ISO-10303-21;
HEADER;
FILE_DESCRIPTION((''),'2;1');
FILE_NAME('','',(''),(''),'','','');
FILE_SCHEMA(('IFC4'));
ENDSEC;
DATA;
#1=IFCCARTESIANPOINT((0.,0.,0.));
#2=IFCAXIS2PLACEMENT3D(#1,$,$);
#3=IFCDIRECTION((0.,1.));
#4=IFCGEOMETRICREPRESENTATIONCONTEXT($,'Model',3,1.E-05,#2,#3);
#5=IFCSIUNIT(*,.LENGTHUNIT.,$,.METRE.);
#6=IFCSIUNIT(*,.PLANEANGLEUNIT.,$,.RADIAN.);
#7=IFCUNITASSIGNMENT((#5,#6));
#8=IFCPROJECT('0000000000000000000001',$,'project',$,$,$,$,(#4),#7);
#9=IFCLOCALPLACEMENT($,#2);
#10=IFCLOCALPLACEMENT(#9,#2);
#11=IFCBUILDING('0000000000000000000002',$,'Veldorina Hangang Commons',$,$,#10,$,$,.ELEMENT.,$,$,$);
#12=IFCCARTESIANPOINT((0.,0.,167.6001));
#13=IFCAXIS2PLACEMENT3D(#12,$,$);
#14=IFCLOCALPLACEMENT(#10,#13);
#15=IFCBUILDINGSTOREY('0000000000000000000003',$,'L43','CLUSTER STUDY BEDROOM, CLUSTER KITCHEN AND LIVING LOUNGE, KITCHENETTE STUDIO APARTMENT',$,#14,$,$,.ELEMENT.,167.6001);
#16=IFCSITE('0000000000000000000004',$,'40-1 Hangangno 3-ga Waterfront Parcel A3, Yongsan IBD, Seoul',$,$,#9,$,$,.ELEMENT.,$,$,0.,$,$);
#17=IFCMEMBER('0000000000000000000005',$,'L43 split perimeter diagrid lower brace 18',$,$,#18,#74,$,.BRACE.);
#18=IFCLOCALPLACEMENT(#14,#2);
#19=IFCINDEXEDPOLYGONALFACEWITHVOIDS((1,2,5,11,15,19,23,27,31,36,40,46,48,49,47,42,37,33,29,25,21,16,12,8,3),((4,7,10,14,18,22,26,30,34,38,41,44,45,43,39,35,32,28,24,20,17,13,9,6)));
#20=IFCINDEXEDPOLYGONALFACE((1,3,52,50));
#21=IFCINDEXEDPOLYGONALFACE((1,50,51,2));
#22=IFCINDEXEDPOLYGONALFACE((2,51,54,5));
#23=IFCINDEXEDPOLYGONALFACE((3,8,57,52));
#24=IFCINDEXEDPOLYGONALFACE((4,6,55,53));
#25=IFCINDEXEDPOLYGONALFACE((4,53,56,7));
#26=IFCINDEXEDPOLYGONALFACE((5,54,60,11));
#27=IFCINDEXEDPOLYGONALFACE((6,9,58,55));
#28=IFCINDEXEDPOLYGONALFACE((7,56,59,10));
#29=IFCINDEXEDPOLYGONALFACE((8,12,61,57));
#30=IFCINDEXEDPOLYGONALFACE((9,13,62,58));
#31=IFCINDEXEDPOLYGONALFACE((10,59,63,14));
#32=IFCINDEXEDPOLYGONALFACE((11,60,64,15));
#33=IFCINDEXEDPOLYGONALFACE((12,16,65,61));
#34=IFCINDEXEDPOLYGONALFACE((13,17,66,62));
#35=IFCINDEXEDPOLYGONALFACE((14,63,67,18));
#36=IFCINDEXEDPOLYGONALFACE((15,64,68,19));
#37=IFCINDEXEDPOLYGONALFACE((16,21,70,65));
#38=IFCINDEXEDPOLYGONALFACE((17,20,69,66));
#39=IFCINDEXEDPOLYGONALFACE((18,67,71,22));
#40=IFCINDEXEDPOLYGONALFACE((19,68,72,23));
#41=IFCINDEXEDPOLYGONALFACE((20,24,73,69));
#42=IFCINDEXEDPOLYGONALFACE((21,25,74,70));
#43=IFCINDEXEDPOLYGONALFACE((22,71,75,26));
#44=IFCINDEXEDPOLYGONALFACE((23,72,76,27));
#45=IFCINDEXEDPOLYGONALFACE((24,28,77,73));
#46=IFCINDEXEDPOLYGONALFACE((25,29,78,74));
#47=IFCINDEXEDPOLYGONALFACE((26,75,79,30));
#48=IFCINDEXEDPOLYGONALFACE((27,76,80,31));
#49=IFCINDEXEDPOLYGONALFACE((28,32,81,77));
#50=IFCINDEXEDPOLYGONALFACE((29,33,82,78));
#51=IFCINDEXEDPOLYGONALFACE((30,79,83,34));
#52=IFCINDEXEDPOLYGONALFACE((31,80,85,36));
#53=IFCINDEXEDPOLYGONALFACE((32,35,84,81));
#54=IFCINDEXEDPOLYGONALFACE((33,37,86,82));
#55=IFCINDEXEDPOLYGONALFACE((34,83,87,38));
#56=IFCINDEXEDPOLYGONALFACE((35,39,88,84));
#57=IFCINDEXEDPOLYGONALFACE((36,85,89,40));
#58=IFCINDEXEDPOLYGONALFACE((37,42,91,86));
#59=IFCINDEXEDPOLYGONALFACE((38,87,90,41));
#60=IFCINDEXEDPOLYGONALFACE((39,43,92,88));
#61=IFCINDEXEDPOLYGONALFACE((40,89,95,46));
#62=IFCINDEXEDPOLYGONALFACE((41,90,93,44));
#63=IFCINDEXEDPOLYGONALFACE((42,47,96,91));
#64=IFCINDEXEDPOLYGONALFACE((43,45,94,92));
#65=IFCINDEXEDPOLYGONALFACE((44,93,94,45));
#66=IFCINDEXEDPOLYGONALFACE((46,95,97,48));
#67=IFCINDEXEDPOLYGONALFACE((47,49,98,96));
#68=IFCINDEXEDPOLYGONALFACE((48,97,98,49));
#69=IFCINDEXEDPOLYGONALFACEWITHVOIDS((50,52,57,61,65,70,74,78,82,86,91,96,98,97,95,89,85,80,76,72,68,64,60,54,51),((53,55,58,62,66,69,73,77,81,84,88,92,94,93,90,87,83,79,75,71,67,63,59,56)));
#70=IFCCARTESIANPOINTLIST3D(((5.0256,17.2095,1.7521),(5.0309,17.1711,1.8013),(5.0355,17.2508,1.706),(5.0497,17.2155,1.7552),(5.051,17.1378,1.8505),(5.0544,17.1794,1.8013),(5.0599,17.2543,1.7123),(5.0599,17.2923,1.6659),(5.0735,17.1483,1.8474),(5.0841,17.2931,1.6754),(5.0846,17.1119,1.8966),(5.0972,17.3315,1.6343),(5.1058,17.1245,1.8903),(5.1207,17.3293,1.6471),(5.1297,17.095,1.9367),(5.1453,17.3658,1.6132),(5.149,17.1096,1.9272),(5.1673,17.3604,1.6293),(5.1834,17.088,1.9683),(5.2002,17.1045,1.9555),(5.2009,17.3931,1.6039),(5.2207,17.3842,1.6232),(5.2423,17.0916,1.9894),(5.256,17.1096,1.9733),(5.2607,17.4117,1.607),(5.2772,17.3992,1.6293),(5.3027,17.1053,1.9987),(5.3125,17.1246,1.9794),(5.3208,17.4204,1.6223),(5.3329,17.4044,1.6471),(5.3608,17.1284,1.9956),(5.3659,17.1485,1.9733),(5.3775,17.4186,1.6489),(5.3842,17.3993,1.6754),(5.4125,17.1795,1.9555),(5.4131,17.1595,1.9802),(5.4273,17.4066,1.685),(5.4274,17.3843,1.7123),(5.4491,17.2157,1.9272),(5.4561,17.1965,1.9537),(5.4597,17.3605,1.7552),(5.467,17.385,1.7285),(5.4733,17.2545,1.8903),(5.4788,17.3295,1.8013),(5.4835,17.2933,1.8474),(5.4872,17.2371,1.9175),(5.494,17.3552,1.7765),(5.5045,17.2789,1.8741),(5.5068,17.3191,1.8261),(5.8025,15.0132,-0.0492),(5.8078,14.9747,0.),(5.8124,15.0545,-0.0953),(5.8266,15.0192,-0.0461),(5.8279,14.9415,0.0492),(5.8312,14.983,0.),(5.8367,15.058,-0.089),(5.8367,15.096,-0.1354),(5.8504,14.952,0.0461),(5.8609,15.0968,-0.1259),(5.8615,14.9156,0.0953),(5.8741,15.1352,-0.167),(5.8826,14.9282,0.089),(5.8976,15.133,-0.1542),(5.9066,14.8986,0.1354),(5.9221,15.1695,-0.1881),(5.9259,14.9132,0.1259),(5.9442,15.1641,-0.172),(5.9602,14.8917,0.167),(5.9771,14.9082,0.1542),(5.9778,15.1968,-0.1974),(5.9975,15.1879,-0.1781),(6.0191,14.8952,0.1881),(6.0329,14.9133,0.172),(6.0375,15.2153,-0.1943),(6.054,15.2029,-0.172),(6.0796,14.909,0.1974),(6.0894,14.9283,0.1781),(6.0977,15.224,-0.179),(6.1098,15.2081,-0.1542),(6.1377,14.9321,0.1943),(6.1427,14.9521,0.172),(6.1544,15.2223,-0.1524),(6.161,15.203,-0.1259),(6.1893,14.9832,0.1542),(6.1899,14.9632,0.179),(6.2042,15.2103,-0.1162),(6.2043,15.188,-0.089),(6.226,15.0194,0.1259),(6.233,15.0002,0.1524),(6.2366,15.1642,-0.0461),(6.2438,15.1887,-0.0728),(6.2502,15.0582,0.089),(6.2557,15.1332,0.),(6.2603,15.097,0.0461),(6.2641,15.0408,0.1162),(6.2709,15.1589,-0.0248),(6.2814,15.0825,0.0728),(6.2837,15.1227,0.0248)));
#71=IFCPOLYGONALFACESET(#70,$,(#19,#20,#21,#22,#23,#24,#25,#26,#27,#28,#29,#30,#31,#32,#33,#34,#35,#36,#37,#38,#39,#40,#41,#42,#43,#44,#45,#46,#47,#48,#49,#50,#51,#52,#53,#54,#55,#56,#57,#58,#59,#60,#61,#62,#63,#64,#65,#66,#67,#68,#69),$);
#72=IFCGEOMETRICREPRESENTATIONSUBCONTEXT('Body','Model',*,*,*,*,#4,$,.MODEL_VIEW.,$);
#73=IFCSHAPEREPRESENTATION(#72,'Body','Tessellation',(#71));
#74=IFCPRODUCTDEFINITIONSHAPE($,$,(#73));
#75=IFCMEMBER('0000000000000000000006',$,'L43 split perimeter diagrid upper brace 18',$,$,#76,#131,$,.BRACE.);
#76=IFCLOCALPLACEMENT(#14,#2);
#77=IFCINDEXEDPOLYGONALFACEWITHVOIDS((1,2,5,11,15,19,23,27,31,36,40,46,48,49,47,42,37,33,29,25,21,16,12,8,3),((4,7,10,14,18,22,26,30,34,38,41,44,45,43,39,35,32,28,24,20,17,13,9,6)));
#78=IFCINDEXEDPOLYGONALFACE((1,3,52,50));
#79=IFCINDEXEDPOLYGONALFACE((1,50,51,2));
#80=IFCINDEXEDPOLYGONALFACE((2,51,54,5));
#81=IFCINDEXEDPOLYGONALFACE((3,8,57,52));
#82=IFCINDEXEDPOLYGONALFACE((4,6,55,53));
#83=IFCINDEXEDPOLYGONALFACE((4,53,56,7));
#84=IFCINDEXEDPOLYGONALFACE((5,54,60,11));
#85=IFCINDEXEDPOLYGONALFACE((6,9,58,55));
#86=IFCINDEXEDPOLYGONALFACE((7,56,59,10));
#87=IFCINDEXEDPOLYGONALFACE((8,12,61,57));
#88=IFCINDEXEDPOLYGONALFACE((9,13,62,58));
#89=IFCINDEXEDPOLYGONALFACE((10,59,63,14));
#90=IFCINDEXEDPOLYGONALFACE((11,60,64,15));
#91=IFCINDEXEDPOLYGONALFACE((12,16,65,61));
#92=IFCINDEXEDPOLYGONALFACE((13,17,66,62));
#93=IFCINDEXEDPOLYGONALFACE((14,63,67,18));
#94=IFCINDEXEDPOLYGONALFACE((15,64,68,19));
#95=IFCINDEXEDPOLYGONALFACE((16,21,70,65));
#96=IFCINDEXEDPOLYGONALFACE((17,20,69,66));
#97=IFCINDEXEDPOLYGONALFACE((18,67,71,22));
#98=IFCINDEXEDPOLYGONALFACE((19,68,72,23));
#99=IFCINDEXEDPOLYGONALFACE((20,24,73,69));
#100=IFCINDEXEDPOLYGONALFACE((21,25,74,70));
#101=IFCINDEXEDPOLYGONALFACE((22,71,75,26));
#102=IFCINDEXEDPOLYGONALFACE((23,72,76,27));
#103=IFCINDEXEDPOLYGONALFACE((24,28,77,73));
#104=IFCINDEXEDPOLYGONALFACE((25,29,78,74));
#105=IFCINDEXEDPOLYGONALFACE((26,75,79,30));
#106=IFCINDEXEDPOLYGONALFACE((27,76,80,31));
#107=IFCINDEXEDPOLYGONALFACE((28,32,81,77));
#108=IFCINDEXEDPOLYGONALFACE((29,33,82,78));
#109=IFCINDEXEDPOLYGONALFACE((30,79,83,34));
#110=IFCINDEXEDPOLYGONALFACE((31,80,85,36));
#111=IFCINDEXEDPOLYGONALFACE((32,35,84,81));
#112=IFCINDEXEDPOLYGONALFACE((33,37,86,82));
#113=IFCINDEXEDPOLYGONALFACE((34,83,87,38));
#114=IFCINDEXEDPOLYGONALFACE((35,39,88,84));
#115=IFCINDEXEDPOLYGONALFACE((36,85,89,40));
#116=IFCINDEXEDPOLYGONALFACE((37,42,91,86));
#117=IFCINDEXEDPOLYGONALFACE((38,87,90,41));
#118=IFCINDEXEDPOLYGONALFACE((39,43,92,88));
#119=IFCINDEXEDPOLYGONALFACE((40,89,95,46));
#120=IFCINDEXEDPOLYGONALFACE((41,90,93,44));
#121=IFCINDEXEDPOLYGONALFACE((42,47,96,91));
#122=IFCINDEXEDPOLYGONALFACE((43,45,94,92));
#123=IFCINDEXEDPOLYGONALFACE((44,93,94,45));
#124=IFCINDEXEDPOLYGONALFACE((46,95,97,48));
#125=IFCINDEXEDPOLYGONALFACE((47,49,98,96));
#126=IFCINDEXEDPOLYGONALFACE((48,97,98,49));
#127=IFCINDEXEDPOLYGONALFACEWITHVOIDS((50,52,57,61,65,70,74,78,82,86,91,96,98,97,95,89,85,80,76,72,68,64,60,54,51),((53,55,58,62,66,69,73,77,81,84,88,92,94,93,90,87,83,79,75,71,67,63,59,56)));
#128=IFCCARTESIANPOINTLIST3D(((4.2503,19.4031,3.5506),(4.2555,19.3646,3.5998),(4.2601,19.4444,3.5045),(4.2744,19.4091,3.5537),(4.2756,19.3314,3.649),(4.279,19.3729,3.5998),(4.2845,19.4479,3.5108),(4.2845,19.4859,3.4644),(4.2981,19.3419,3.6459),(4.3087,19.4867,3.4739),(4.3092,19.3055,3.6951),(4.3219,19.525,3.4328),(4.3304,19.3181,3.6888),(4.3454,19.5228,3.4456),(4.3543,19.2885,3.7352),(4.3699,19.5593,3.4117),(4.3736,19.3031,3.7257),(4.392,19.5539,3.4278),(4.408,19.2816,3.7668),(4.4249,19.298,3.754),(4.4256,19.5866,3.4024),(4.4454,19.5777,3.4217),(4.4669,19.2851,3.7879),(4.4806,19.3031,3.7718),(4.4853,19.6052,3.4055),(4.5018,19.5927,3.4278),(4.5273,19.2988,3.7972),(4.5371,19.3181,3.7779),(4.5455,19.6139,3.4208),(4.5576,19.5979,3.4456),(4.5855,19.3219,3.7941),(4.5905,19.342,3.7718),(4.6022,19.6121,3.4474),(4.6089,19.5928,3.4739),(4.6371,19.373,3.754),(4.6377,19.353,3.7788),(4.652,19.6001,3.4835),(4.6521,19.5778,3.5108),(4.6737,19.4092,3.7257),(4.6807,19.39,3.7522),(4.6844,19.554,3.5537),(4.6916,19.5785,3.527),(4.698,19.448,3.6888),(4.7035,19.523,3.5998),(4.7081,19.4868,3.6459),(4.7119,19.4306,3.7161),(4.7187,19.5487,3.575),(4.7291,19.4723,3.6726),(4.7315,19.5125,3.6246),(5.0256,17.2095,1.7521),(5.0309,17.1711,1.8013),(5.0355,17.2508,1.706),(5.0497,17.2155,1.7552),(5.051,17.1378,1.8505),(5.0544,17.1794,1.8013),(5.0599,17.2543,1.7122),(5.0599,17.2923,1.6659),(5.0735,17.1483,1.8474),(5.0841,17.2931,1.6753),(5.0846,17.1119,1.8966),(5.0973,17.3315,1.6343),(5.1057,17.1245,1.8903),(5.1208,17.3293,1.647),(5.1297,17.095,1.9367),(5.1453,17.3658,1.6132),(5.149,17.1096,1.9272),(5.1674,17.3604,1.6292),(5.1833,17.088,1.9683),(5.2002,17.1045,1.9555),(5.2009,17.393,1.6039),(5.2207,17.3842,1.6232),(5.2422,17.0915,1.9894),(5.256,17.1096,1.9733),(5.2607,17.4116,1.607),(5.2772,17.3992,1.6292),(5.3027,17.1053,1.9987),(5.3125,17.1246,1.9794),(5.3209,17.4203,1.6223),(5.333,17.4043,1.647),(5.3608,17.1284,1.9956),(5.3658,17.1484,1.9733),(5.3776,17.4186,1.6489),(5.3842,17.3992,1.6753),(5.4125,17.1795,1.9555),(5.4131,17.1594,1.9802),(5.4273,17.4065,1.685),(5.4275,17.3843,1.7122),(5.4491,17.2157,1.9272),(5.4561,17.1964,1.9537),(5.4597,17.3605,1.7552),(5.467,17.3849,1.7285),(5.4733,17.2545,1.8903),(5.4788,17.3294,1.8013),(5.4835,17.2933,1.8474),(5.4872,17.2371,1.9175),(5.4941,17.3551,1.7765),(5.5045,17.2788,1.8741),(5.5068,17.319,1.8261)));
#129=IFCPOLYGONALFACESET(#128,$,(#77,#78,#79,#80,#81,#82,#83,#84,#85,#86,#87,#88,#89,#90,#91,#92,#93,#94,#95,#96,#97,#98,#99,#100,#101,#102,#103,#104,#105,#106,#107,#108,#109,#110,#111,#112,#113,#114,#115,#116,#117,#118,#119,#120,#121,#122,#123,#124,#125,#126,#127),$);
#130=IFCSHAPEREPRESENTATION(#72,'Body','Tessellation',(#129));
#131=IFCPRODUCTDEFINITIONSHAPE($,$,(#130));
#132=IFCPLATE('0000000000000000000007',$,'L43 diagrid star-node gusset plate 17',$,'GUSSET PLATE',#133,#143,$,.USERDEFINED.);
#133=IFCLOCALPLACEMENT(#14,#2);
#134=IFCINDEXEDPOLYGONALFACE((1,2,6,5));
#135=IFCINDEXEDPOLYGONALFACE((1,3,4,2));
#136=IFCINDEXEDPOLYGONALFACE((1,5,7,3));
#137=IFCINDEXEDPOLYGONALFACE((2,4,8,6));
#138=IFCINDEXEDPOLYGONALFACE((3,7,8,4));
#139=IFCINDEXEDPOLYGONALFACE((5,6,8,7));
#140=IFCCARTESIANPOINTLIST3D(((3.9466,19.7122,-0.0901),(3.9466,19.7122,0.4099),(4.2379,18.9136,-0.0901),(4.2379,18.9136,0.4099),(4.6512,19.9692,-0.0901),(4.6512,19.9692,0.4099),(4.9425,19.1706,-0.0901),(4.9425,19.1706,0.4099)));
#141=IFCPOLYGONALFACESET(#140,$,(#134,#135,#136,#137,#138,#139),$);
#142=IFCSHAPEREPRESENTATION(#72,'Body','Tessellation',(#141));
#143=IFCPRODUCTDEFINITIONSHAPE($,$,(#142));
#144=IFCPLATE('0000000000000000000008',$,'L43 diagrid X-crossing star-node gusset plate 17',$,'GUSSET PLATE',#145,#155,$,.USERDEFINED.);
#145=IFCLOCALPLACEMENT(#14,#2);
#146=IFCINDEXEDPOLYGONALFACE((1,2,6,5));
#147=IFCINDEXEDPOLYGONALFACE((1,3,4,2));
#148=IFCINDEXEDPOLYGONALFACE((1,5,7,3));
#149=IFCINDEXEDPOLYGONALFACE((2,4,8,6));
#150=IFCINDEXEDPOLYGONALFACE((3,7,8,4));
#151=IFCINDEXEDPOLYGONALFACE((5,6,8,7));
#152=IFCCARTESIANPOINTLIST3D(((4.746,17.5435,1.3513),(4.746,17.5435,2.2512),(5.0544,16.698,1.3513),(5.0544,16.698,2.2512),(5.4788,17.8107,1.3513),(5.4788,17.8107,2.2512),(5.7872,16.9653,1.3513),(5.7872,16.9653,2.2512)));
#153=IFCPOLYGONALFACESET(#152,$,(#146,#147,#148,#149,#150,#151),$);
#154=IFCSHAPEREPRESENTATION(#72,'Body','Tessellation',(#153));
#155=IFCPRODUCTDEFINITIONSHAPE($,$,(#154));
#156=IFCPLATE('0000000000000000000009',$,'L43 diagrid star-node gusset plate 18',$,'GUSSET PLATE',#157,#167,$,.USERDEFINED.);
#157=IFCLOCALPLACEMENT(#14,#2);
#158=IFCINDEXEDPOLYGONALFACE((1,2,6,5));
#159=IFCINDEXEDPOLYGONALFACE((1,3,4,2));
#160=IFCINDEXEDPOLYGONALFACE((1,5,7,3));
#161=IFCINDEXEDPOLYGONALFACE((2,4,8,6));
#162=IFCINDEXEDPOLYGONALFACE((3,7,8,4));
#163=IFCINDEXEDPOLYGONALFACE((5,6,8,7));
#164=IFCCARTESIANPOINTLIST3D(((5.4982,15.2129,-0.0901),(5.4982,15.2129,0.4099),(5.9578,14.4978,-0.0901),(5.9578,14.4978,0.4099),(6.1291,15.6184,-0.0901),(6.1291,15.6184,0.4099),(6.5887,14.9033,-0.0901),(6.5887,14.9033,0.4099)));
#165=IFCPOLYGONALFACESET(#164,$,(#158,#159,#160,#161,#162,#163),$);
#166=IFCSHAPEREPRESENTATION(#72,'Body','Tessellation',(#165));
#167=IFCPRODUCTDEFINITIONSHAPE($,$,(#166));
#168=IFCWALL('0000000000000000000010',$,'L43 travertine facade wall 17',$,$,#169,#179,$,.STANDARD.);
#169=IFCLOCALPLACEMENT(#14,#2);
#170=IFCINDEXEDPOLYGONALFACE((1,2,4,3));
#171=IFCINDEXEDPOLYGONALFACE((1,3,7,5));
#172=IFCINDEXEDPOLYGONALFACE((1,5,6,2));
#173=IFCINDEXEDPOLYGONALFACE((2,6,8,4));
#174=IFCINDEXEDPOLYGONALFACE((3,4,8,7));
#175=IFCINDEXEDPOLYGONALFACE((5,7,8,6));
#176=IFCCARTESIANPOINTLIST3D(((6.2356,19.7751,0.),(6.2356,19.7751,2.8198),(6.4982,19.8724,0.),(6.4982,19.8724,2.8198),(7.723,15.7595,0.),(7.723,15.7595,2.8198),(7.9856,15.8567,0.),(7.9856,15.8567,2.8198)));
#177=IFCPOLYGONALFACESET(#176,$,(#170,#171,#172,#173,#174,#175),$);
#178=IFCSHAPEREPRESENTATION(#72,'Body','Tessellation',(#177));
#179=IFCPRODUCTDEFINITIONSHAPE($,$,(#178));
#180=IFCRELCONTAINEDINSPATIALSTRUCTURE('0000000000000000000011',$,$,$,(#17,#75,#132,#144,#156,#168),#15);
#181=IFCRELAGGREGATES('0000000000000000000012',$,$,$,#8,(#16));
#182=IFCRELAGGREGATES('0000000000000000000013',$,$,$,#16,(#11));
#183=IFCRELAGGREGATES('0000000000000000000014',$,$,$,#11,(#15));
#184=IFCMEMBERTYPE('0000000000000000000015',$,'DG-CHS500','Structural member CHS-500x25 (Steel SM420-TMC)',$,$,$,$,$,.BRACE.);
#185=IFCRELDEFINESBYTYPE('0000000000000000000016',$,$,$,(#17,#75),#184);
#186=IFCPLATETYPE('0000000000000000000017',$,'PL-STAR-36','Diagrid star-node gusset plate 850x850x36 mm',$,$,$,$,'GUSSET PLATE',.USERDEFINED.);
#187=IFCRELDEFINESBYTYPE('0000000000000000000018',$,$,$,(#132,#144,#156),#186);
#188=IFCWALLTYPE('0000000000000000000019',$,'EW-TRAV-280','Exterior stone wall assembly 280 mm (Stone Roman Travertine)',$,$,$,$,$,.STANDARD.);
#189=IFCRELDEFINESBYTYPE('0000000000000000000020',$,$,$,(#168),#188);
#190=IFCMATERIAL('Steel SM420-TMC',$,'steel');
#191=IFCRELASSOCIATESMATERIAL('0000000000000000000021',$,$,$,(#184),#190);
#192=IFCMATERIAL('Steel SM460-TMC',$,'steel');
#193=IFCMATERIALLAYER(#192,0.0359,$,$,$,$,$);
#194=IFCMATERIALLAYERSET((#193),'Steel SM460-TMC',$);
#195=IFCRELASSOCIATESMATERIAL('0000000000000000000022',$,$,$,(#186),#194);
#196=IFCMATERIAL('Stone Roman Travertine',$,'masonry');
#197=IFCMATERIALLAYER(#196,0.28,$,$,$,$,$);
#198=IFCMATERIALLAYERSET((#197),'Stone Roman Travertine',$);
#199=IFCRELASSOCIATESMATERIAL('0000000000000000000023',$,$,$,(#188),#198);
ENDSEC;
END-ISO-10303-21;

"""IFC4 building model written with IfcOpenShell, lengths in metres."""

from ifc_helpers import new_model, si_unit, direction, frame, frame_2d, origin, origin_2d, place, context, subcontext, project, spatial, rectangle, hollow_circle, extrude, material, layer, layer_set, material_profile, profile_set, type_object, element, save


model = new_model("IFC4")

# Units and contexts
model_context = context("Model", 3, precision=1e-05, world=origin(), true_north=direction((0.0, 1.0)))
body_context = subcontext(model_context, "Body", "Model", "MODEL_VIEW")
ifc_project = project(units=[si_unit("LENGTHUNIT", "METRE"), si_unit("PLANEANGLEUNIT", "RADIAN")], contexts=[model_context])

# Site, building, storey
site_placement = place(None, origin())
site = spatial("IfcSite", under=ifc_project, at=site_placement, Name="40-1 Hangangno 3-ga Waterfront Parcel A3, Yongsan IBD, Seoul", CompositionType="ELEMENT", RefElevation=0.0)
building_placement = place(site_placement, origin())
building = spatial("IfcBuilding", under=site, at=building_placement, Name="Veldorina Hangang Commons", CompositionType="ELEMENT")
storey_placement = place(building_placement, frame((0.0, 0.0, 167.6001)))
storey = spatial("IfcBuildingStorey", under=building, at=storey_placement, Name="L43", Description="CLUSTER STUDY BEDROOM, CLUSTER KITCHEN AND LIVING LOUNGE, KITCHENETTE STUDIO APARTMENT", CompositionType="ELEMENT", Elevation=167.6001)

# Shared definitions
ifc_material_1 = material(Name="Steel SM420-TMC", Category="steel")

# Members
ifc_material_profile_1 = material_profile(ifc_material_1, hollow_circle(Radius=0.25, WallThickness=0.0249, at=origin_2d()), Name="CHS-500x25")
ifc_profile_set_1 = profile_set([ifc_material_profile_1], Name="Steel SM420-TMC")
member_type = type_object("IfcMemberType", Name="DG-CHS500", Description="Structural member CHS-500x25 (Steel SM420-TMC)", PredefinedType="BRACE", material=ifc_profile_set_1)
member_1_placement = place(storey_placement, frame((6.0435, 15.0581, 0.0), z_axis=(-0.263807, 0.745823, 0.611681), x_axis=(-0.942762, -0.333467, 0.0)))
element("IfcMember", 1, at=member_1_placement, inside=storey, type_object=member_type, Name="L43 split perimeter diagrid lower brace 18", PredefinedType="BRACE", context=body_context, shape_type="SweptSolid", body=[
    extrude(hollow_circle(Radius=0.25, WallThickness=0.0249, at=origin_2d()), origin(), (0.0, 0.0, 1.0), 2.9448),
])
member_2_placement = place(storey_placement, frame((5.2666, 17.2544, 1.8013), z_axis=(-0.263671, 0.745932, 0.611607), x_axis=(-0.942831, -0.33327, 0.0)))
element("IfcMember", 2, at=member_2_placement, inside=storey, type_object=member_type, Name="L43 split perimeter diagrid upper brace 18", PredefinedType="BRACE", context=body_context, shape_type="SweptSolid", body=[
    extrude(hollow_circle(Radius=0.25, WallThickness=0.0249, at=origin_2d()), origin(), (0.0, 0.0, 1.0), 2.9407),
])

# Plates
ifc_material_2 = material(Name="Steel SM460-TMC", Category="steel")
ifc_layer_1 = layer(ifc_material_2, 0.0359)
ifc_layer_set_1 = layer_set([ifc_layer_1], Name="Steel SM460-TMC")
plate_type = type_object("IfcPlateType", Name="PL-STAR-36", Description="Diagrid star-node gusset plate 850x850x36 mm", ElementType="GUSSET PLATE", PredefinedType="USERDEFINED", material=ifc_layer_set_1)
plate_1_placement = place(storey_placement, frame((4.4446, 19.4414, -0.0901), z_axis=(0.0, 0.0, 1.0), x_axis=(0.34266, -0.93946, 0.0)))
element("IfcPlate", 3, at=plate_1_placement, inside=storey, type_object=plate_type, Name="L43 diagrid star-node gusset plate 17", ObjectType="GUSSET PLATE", PredefinedType="USERDEFINED", context=body_context, shape_type="SweptSolid", body=[
    extrude(rectangle(XDim=0.8501, YDim=0.75, at=origin_2d()), origin(), (0.0, 0.0, 1.0), 0.5),
])
plate_2_placement = place(storey_placement, frame((5.2666, 17.2544, 1.3513), z_axis=(0.0, 0.0, 1.0), x_axis=(0.34266, -0.93946, 0.0)))
element("IfcPlate", 4, at=plate_2_placement, inside=storey, type_object=plate_type, Name="L43 diagrid X-crossing star-node gusset plate 17", ObjectType="GUSSET PLATE", PredefinedType="USERDEFINED", context=body_context, shape_type="SweptSolid", body=[
    extrude(rectangle(XDim=0.8999, YDim=0.78, at=origin_2d()), origin(), (0.0, 0.0, 1.0), 0.8999),
])
plate_3_placement = place(storey_placement, frame((6.0435, 15.0581, -0.0901), z_axis=(0.0, 0.0, 1.0), x_axis=(0.540651, -0.841247, 0.0)))
element("IfcPlate", 5, at=plate_3_placement, inside=storey, type_object=plate_type, Name="L43 diagrid star-node gusset plate 18", ObjectType="GUSSET PLATE", PredefinedType="USERDEFINED", context=body_context, shape_type="SweptSolid", body=[
    extrude(rectangle(XDim=0.8501, YDim=0.75, at=origin_2d()), origin(), (0.0, 0.0, 1.0), 0.5),
])

# Wall
ifc_material_3 = material(Name="Stone Roman Travertine", Category="masonry")
ifc_layer_2 = layer(ifc_material_3, 0.28)
ifc_layer_set_2 = layer_set([ifc_layer_2], Name="Stone Roman Travertine")
wall_type_1 = type_object("IfcWallType", Name="EW-TRAV-280", Description="Exterior stone wall assembly 280 mm (Stone Roman Travertine)", PredefinedType="STANDARD", material=ifc_layer_set_2)
wall_1_placement = place(storey_placement, frame((6.3669, 19.8237, 0.0), z_axis=(0.0, 0.0, 1.0), x_axis=(0.347322, -0.937746, 0.0)))
element("IfcWall", 6, at=wall_1_placement, inside=storey, type_object=wall_type_1, Name="L43 travertine facade wall 17", PredefinedType="STANDARD", context=body_context, shape_type="SweptSolid", body=[
    extrude(rectangle(XDim=4.2822, YDim=0.28, at=frame_2d((2.1411, 0.0))), origin(), (0.0, 0.0, 1.0), 2.8198),
])

save(model, "model.ifc")
